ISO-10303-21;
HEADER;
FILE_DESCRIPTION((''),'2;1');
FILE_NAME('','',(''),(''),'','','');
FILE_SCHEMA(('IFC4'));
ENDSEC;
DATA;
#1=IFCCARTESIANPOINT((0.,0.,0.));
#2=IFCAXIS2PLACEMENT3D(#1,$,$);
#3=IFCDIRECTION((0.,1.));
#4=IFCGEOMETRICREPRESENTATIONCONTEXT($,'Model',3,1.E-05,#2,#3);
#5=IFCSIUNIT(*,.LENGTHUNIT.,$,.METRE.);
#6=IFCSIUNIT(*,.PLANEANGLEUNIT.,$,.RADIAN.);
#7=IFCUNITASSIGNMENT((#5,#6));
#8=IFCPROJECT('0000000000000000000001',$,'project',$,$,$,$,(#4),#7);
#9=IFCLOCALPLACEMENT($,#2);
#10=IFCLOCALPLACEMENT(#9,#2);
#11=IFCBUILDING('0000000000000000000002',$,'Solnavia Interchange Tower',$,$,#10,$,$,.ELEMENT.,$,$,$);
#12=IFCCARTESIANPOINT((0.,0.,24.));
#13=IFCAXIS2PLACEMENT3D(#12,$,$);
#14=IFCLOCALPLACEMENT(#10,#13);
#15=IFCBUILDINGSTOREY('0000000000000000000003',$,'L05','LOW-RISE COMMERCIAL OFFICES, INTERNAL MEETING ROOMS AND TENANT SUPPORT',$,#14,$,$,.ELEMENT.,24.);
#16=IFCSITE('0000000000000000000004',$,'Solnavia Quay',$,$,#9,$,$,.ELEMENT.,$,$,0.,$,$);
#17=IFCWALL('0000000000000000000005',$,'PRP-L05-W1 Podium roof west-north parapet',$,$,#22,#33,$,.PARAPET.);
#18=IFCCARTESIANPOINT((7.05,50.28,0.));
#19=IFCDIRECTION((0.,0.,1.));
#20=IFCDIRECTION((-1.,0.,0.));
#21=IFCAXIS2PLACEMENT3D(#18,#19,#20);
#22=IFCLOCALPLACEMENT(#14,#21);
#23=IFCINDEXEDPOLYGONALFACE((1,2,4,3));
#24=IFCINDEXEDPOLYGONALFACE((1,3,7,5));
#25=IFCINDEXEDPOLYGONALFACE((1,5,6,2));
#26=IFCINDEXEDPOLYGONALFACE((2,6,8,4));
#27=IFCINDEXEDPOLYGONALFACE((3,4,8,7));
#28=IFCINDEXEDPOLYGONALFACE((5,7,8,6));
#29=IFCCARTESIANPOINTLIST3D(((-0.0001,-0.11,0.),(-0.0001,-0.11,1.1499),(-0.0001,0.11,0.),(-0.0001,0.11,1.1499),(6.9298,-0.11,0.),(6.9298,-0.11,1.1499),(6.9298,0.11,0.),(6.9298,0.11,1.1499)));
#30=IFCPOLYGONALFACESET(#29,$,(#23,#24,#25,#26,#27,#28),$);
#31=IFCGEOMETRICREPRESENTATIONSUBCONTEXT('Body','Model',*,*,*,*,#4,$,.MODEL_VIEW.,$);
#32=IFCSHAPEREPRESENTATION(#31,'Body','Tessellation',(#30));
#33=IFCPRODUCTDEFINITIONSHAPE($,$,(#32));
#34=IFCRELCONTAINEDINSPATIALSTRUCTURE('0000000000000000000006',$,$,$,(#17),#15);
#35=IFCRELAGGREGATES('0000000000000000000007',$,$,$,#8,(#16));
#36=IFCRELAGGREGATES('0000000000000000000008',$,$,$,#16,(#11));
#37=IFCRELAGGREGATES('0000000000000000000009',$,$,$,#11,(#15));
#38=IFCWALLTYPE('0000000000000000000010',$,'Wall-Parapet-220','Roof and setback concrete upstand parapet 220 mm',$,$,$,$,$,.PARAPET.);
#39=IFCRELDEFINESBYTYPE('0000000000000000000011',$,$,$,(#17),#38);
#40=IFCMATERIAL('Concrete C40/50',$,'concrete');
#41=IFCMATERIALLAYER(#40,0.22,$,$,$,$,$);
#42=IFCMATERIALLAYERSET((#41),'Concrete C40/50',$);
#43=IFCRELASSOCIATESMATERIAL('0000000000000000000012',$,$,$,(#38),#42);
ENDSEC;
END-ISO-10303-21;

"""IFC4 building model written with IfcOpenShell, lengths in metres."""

from ifc_helpers import new_model, si_unit, direction, frame, frame_2d, origin, place, context, subcontext, project, spatial, rectangle, extrude, material, layer, layer_set, type_object, element, save


model = new_model("IFC4")

# Units and contexts
model_context = context("Model", 3, precision=1e-05, world=origin(), true_north=direction((0.0, 1.0)))
body_context = subcontext(model_context, "Body", "Model", "MODEL_VIEW")
ifc_project = project(units=[si_unit("LENGTHUNIT", "METRE"), si_unit("PLANEANGLEUNIT", "RADIAN")], contexts=[model_context])

# Site, building, storey
site_placement = place(None, origin())
site = spatial("IfcSite", under=ifc_project, at=site_placement, Name="Solnavia Quay", CompositionType="ELEMENT", RefElevation=0.0)
building_placement = place(site_placement, origin())
building = spatial("IfcBuilding", under=site, at=building_placement, Name="Solnavia Interchange Tower", CompositionType="ELEMENT")
storey_placement = place(building_placement, frame((0.0, 0.0, 24.0)))
storey = spatial("IfcBuildingStorey", under=building, at=storey_placement, Name="L05", Description="LOW-RISE COMMERCIAL OFFICES, INTERNAL MEETING ROOMS AND TENANT SUPPORT", CompositionType="ELEMENT", Elevation=24.0)

# Shared definitions
ifc_material_1 = material(Name="Concrete C40/50", Category="concrete")

# Wall
ifc_layer_1 = layer(ifc_material_1, 0.22)
ifc_layer_set_1 = layer_set([ifc_layer_1], Name="Concrete C40/50")
wall_type_1 = type_object("IfcWallType", Name="Wall-Parapet-220", Description="Roof and setback concrete upstand parapet 220 mm", PredefinedType="PARAPET", material=ifc_layer_set_1)
wall_1_placement = place(storey_placement, frame((7.05, 50.28, 0.0), z_axis=(0.0, 0.0, 1.0), x_axis=(-1.0, 0.0, 0.0)))
element("IfcWall", 1, at=wall_1_placement, inside=storey, type_object=wall_type_1, Name="PRP-L05-W1 Podium roof west-north parapet", PredefinedType="PARAPET", context=body_context, shape_type="SweptSolid", body=[
    extrude(rectangle(XDim=6.9299, YDim=0.22, at=frame_2d((3.4648, 0.0))), origin(), (0.0, 0.0, 1.0), 1.1499),
])

save(model, "model.ifc")
